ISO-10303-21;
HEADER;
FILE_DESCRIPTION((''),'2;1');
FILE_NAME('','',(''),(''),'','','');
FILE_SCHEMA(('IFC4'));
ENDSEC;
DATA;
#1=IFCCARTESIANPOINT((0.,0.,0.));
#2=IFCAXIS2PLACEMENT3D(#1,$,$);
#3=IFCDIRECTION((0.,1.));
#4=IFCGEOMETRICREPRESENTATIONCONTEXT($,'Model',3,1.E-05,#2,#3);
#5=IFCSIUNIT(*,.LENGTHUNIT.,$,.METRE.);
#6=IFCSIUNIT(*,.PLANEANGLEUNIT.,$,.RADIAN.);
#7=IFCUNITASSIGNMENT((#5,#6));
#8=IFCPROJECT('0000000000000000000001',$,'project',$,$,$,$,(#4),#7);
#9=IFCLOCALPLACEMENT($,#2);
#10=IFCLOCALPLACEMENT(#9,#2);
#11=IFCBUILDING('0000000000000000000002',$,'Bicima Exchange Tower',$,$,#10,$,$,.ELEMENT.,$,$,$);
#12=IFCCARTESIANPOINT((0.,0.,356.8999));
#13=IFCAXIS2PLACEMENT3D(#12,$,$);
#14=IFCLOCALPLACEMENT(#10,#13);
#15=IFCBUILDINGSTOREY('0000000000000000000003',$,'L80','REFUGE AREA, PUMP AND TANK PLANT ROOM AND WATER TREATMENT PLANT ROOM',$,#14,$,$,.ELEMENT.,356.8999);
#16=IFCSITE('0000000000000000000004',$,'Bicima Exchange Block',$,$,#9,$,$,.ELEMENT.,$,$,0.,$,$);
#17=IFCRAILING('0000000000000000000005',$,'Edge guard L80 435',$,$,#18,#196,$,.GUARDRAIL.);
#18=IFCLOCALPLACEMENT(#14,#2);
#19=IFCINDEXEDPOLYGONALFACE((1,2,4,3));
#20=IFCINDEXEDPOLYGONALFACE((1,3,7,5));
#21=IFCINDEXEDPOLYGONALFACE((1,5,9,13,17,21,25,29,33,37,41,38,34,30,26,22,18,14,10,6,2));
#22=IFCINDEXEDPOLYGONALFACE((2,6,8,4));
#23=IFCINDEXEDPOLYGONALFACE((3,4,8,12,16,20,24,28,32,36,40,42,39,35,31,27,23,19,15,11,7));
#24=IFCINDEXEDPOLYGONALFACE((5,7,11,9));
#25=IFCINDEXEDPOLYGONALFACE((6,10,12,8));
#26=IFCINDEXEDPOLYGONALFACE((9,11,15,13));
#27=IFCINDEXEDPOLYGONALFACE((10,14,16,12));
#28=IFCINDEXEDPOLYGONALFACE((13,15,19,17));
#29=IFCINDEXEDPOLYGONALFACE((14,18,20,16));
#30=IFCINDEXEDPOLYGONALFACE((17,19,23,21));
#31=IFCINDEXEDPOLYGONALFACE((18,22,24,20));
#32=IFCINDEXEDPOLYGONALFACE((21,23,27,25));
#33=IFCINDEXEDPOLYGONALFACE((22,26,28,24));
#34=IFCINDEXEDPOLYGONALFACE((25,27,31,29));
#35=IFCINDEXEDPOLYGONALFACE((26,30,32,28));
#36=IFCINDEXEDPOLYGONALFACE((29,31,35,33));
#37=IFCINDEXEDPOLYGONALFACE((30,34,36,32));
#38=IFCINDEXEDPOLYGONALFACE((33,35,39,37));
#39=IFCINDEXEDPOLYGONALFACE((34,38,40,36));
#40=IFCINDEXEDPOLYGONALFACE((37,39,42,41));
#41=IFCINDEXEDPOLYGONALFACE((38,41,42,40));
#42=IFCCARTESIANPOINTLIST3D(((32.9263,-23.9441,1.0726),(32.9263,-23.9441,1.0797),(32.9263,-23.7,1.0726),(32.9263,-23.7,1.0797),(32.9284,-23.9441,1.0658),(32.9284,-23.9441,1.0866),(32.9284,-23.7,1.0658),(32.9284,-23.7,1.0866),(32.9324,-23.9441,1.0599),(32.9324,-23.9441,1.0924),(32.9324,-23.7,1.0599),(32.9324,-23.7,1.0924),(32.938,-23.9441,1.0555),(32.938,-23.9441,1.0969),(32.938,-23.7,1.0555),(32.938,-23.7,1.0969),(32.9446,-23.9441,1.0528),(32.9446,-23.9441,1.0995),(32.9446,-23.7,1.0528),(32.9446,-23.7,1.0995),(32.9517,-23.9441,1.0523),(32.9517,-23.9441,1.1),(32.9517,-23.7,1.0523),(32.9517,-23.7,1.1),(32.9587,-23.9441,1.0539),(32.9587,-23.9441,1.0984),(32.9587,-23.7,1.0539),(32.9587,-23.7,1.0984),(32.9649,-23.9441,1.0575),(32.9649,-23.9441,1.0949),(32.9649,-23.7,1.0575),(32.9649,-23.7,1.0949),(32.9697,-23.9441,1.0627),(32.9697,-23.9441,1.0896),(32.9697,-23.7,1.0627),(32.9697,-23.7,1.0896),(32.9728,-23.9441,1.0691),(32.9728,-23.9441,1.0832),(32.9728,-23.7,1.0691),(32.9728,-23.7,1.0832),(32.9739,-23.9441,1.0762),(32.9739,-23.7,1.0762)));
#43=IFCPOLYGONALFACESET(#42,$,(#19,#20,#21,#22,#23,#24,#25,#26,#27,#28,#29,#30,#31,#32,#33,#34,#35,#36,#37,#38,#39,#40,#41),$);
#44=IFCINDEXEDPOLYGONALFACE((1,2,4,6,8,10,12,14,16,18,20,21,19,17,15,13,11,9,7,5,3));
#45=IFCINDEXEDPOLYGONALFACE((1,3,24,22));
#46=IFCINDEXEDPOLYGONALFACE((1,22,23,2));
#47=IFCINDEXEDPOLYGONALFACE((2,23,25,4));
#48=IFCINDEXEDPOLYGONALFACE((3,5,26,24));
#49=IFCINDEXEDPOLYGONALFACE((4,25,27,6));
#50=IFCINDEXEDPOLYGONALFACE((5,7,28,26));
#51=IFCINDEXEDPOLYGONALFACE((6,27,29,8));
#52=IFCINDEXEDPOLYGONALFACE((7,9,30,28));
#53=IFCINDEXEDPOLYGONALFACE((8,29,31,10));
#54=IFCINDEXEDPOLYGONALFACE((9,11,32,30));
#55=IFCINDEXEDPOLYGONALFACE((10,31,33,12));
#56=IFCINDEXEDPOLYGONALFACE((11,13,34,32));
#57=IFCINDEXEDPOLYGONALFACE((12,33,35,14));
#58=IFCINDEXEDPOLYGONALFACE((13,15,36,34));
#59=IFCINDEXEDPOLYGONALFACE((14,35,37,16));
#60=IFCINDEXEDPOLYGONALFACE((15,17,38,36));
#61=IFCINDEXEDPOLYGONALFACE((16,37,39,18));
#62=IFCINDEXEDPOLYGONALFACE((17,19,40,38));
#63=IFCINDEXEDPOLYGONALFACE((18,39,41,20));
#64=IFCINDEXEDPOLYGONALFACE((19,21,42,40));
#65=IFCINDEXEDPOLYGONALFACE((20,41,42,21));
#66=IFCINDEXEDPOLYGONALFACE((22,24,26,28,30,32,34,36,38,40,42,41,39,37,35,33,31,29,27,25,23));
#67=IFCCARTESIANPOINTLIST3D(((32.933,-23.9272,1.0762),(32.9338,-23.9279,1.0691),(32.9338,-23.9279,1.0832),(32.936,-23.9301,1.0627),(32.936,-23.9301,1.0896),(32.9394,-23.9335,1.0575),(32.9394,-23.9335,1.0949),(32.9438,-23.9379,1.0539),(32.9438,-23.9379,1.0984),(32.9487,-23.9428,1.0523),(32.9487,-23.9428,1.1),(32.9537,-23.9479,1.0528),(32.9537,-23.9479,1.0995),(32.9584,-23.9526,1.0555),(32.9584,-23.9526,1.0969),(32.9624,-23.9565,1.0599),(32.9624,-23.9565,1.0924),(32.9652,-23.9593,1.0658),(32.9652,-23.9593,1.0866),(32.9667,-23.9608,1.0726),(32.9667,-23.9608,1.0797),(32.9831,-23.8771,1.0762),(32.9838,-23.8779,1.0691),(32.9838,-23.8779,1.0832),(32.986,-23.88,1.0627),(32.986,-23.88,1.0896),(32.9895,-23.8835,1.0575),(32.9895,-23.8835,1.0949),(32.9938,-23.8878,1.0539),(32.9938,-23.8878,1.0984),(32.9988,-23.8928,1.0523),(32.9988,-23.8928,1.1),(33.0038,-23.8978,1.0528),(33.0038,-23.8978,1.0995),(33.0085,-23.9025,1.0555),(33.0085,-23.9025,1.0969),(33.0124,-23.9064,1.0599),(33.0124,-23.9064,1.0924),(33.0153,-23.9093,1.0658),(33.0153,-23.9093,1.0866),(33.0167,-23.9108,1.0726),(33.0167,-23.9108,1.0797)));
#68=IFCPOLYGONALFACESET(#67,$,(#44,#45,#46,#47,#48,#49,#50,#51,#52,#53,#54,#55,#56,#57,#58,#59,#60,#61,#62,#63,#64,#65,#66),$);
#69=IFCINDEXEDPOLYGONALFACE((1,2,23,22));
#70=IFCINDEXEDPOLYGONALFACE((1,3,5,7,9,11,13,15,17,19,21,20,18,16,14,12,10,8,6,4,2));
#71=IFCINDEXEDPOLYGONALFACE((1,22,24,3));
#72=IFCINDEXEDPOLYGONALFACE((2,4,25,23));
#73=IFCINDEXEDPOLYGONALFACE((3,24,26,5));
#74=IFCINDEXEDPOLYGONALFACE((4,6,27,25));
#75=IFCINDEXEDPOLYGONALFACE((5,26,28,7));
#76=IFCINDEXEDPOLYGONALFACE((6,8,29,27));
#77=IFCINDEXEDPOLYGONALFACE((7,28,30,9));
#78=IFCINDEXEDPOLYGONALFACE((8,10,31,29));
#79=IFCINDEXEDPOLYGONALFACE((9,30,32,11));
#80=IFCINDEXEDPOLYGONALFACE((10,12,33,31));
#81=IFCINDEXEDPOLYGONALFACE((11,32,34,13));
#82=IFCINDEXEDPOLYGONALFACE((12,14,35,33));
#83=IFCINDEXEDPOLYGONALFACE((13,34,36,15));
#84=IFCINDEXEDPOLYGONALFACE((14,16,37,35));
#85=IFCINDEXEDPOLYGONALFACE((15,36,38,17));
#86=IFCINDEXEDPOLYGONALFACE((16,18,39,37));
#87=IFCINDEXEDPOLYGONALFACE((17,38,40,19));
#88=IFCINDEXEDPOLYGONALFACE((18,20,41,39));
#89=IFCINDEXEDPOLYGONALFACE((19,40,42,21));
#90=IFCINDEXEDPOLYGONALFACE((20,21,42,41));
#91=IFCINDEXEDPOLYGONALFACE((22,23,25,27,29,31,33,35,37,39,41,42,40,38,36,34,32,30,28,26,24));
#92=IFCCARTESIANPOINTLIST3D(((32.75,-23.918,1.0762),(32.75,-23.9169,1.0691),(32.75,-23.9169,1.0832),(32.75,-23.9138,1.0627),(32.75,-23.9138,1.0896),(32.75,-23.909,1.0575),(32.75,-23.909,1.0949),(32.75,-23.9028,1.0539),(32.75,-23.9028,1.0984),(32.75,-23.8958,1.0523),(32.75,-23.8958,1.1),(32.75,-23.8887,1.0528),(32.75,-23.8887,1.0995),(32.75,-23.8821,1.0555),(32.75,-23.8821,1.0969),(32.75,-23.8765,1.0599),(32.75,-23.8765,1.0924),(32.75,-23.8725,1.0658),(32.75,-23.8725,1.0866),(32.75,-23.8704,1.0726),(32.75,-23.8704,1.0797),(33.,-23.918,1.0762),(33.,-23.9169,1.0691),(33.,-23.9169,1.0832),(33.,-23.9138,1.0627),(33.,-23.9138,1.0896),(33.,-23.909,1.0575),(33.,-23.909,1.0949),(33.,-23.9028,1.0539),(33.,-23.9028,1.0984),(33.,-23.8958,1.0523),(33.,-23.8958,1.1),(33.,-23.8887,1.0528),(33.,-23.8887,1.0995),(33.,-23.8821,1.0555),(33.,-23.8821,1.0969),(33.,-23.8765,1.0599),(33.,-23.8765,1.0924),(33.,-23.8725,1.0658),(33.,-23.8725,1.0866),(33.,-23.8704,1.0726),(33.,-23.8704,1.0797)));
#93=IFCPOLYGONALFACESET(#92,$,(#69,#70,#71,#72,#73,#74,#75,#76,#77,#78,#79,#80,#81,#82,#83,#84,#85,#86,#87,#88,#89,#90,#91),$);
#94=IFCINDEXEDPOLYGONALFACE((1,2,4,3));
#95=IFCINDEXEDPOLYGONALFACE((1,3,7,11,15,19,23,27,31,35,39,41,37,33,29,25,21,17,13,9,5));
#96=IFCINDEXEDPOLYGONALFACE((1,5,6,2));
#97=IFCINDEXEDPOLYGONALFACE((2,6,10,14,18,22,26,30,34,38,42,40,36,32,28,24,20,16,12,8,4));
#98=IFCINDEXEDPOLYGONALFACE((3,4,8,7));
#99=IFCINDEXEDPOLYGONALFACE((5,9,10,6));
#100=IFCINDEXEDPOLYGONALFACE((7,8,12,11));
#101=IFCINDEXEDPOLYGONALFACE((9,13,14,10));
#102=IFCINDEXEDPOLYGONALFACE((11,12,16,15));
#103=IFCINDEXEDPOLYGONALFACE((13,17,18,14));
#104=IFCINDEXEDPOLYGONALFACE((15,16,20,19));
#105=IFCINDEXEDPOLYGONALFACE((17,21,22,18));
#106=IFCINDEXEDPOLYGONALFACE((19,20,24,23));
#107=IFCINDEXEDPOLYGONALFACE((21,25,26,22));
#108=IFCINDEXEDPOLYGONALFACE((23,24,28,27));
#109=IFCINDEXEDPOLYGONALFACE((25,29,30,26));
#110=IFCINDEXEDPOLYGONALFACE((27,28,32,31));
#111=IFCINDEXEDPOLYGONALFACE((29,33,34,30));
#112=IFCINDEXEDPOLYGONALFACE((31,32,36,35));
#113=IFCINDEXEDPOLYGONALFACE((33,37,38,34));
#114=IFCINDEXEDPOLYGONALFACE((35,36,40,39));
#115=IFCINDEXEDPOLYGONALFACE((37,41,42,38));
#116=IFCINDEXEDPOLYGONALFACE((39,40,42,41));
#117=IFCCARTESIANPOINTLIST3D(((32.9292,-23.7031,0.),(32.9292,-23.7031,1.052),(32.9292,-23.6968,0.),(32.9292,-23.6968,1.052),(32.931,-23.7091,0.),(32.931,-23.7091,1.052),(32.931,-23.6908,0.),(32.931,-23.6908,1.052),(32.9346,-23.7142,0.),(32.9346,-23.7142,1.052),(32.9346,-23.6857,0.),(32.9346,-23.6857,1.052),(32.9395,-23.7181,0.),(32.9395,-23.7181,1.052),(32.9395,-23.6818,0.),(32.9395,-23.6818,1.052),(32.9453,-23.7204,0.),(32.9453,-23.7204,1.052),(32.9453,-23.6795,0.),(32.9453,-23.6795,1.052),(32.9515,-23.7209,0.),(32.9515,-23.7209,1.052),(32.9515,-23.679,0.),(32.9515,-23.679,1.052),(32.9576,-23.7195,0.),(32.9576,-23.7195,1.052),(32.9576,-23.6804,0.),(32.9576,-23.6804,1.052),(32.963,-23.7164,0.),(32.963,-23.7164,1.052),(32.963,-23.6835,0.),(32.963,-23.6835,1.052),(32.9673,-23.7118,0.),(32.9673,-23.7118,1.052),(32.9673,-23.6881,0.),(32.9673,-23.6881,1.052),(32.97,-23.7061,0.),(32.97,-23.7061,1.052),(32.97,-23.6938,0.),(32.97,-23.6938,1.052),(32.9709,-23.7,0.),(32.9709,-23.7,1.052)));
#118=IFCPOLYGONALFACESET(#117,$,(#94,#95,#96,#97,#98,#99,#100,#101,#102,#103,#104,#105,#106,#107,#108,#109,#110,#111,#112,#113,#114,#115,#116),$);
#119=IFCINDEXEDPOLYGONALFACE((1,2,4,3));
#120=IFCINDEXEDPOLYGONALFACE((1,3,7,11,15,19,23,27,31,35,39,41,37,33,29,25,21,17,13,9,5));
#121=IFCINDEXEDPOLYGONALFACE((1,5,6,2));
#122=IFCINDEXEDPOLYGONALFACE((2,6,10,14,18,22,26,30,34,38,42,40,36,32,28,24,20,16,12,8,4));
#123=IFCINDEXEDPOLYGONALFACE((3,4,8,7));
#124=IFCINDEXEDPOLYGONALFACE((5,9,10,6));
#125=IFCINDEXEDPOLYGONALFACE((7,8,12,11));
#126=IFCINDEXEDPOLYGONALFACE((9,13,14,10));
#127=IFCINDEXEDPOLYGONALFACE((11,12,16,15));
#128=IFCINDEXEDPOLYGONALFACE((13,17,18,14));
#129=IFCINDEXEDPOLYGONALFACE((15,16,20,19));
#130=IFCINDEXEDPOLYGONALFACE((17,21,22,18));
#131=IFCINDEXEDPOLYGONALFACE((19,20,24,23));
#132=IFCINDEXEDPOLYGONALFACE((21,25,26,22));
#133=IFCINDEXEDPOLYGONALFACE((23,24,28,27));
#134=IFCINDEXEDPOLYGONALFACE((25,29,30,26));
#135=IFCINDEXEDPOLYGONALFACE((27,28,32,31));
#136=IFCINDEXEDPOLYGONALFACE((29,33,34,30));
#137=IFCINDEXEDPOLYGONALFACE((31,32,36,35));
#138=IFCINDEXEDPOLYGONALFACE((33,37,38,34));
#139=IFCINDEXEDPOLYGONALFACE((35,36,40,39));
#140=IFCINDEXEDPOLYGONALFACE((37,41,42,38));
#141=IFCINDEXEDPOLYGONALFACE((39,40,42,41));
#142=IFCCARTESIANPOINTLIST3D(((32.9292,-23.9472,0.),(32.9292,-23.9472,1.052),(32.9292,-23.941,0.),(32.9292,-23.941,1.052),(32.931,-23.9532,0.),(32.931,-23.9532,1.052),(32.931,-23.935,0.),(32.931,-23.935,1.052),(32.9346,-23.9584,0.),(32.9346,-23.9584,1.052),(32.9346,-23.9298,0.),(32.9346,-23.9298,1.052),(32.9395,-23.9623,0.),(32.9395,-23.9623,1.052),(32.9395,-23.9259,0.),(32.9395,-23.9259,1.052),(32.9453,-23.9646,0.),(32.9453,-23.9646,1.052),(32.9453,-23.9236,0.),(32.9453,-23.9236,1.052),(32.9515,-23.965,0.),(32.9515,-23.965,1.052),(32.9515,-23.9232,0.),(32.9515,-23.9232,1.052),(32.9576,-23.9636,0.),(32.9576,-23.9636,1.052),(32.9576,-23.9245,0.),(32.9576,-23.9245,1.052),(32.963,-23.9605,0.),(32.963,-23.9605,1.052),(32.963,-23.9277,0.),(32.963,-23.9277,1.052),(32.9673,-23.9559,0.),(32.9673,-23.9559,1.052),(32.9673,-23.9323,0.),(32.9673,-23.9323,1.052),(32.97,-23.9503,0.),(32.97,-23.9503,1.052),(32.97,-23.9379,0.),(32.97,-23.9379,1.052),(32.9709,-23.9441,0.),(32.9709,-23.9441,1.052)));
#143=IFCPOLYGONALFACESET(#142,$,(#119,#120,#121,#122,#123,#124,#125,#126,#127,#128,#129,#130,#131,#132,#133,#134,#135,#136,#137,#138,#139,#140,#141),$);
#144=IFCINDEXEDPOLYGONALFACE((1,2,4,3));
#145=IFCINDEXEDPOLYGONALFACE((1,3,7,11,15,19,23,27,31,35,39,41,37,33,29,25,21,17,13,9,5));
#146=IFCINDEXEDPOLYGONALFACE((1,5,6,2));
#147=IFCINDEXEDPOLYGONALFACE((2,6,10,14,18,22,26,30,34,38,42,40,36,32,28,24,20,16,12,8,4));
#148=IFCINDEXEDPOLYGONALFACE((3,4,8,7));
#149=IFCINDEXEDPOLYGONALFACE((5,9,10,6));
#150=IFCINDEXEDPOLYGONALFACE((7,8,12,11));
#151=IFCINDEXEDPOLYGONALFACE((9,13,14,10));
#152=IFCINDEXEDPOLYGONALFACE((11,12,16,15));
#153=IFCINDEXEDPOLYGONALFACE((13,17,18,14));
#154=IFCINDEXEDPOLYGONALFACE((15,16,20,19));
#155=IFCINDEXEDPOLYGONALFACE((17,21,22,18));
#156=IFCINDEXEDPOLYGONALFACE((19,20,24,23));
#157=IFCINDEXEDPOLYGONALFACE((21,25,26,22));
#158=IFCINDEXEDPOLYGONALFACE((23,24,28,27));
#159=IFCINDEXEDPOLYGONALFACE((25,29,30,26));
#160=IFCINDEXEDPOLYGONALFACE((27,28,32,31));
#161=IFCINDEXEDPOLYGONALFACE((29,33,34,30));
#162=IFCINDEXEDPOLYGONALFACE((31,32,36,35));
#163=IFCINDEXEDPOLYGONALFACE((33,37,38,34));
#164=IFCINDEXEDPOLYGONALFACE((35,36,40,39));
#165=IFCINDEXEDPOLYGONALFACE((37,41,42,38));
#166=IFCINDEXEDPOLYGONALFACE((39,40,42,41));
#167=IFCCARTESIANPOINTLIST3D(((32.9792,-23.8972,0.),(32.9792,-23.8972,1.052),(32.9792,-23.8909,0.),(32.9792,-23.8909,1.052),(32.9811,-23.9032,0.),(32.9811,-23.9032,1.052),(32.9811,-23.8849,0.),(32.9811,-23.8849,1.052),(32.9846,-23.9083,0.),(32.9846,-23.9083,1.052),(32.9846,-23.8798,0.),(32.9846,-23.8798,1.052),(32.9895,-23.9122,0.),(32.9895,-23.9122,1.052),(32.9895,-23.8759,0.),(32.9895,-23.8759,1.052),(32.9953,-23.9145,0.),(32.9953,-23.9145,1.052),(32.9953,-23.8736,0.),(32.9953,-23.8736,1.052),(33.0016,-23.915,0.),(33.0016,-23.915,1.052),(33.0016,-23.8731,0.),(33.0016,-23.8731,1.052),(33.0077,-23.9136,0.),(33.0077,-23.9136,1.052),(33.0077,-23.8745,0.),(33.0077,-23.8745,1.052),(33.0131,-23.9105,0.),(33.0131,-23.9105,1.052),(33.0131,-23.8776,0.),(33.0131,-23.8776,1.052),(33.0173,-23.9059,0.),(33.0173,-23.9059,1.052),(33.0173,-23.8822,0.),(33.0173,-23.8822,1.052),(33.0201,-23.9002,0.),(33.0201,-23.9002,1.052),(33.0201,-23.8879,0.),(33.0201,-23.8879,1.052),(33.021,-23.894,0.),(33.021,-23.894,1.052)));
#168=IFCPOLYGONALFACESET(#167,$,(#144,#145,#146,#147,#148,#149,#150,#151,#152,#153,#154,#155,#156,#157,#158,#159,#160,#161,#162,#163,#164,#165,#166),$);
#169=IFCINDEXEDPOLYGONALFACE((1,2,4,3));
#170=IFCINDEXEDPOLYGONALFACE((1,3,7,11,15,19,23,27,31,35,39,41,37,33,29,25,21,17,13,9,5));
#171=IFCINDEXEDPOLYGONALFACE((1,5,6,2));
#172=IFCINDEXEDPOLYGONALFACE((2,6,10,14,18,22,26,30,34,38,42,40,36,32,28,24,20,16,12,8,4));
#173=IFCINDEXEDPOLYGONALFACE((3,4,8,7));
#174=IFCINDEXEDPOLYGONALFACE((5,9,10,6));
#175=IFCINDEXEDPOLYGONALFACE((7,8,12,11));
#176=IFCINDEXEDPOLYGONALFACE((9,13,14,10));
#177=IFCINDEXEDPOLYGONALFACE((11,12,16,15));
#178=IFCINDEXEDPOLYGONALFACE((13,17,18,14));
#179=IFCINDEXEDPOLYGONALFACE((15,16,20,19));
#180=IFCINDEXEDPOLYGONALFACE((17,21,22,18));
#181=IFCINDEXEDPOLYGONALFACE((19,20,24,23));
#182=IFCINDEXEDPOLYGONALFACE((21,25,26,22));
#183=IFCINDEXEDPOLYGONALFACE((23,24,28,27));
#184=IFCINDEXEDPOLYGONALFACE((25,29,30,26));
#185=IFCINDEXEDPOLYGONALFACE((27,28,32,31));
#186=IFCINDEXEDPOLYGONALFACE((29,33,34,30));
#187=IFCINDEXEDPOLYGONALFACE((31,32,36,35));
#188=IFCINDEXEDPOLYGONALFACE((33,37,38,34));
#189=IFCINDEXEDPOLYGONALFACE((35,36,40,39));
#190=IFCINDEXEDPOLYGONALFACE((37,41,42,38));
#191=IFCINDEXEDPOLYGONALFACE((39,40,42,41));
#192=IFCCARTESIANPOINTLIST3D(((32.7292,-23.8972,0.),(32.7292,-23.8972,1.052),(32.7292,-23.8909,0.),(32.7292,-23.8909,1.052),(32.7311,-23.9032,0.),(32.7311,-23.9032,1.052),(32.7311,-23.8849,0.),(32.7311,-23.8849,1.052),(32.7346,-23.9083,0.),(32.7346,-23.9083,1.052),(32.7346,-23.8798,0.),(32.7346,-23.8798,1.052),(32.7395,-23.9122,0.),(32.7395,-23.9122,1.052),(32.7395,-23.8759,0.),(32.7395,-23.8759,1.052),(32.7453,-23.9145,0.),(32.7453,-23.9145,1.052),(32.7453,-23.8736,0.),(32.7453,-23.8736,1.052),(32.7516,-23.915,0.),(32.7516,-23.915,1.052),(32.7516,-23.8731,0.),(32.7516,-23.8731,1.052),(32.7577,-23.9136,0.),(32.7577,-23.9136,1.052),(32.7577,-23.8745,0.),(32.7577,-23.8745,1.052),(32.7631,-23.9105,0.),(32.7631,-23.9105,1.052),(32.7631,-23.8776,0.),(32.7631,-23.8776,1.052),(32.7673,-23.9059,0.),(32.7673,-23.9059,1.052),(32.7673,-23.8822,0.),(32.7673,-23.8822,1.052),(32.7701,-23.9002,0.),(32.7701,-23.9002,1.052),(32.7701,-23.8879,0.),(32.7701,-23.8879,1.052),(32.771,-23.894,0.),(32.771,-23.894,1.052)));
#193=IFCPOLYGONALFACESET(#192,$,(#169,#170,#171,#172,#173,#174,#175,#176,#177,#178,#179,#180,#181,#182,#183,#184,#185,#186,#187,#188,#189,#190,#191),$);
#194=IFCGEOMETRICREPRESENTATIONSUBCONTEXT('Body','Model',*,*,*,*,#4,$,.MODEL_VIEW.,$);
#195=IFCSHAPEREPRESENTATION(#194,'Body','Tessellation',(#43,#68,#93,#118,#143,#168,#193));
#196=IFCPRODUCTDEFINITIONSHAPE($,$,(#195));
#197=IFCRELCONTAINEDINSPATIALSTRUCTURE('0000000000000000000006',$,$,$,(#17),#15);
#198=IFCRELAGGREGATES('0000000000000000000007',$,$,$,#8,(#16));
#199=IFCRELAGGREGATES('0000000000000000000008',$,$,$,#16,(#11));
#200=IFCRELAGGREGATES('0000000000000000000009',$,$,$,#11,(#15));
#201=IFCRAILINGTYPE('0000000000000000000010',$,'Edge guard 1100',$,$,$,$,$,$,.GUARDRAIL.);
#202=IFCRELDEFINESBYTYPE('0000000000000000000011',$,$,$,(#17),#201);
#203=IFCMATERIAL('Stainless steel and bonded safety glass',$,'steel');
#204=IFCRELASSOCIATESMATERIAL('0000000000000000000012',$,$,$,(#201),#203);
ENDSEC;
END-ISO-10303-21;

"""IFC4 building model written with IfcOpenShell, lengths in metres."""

from ifc_helpers import new_model, si_unit, direction, frame, origin, origin_2d, place, context, subcontext, project, spatial, circle, extrude, material, type_object, element, save


model = new_model("IFC4")

# Units and contexts
model_context = context("Model", 3, precision=1e-05, world=origin(), true_north=direction((0.0, 1.0)))
body_context = subcontext(model_context, "Body", "Model", "MODEL_VIEW")
ifc_project = project(units=[si_unit("LENGTHUNIT", "METRE"), si_unit("PLANEANGLEUNIT", "RADIAN")], contexts=[model_context])

# Site, building, storey
site_placement = place(None, origin())
site = spatial("IfcSite", under=ifc_project, at=site_placement, Name="Bicima Exchange Block", CompositionType="ELEMENT", RefElevation=0.0)
building_placement = place(site_placement, origin())
building = spatial("IfcBuilding", under=site, at=building_placement, Name="Bicima Exchange Tower", CompositionType="ELEMENT")
storey_placement = place(building_placement, frame((0.0, 0.0, 356.8999)))
storey = spatial("IfcBuildingStorey", under=building, at=storey_placement, Name="L80", Description="REFUGE AREA, PUMP AND TANK PLANT ROOM AND WATER TREATMENT PLANT ROOM", CompositionType="ELEMENT", Elevation=356.8999)

# Railing
ifc_material_1 = material(Name="Stainless steel and bonded safety glass", Category="steel")
railing_type = type_object("IfcRailingType", Name="Edge guard 1100", PredefinedType="GUARDRAIL", material=ifc_material_1)
railing_1_placement = place(storey_placement, frame((32.95, -23.7, 0.0)))
element("IfcRailing", 1, at=railing_1_placement, inside=storey, type_object=railing_type, Name="Edge guard L80 435", PredefinedType="GUARDRAIL", context=body_context, shape_type="SweptSolid", body=[
    extrude(circle(Radius=0.0239, at=origin_2d()), frame((0.0, 0.0, 1.0762), z_axis=(0.0, -1.0, 0.0), x_axis=(1.0, 0.0, 0.0)), (0.0, 0.0, 1.0), 0.2441),
    extrude(circle(Radius=0.0239, at=origin_2d()), frame((0.0, -0.2441, 1.0762), z_axis=(0.707107, 0.707107, 0.0), x_axis=(-0.707107, 0.707107, 0.0)), (0.0, 0.0, 1.0), 0.0708),
    extrude(circle(Radius=0.0239, at=origin_2d()), frame((0.05, -0.1941, 1.0762), z_axis=(-1.0, 0.0, 0.0), x_axis=(0.0, -1.0, 0.0)), (0.0, 0.0, 1.0), 0.25),
    extrude(circle(Radius=0.021, at=origin_2d()), origin(), (0.0, 0.0, 1.0), 1.052),
    extrude(circle(Radius=0.021, at=origin_2d()), frame((0.0, -0.2441, 0.0)), (0.0, 0.0, 1.0), 1.052),
    extrude(circle(Radius=0.021, at=origin_2d()), frame((0.05, -0.1941, 0.0)), (0.0, 0.0, 1.0), 1.052),
    extrude(circle(Radius=0.021, at=origin_2d()), frame((-0.2, -0.1941, 0.0)), (0.0, 0.0, 1.0), 1.052),
])

save(model, "model.ifc")
